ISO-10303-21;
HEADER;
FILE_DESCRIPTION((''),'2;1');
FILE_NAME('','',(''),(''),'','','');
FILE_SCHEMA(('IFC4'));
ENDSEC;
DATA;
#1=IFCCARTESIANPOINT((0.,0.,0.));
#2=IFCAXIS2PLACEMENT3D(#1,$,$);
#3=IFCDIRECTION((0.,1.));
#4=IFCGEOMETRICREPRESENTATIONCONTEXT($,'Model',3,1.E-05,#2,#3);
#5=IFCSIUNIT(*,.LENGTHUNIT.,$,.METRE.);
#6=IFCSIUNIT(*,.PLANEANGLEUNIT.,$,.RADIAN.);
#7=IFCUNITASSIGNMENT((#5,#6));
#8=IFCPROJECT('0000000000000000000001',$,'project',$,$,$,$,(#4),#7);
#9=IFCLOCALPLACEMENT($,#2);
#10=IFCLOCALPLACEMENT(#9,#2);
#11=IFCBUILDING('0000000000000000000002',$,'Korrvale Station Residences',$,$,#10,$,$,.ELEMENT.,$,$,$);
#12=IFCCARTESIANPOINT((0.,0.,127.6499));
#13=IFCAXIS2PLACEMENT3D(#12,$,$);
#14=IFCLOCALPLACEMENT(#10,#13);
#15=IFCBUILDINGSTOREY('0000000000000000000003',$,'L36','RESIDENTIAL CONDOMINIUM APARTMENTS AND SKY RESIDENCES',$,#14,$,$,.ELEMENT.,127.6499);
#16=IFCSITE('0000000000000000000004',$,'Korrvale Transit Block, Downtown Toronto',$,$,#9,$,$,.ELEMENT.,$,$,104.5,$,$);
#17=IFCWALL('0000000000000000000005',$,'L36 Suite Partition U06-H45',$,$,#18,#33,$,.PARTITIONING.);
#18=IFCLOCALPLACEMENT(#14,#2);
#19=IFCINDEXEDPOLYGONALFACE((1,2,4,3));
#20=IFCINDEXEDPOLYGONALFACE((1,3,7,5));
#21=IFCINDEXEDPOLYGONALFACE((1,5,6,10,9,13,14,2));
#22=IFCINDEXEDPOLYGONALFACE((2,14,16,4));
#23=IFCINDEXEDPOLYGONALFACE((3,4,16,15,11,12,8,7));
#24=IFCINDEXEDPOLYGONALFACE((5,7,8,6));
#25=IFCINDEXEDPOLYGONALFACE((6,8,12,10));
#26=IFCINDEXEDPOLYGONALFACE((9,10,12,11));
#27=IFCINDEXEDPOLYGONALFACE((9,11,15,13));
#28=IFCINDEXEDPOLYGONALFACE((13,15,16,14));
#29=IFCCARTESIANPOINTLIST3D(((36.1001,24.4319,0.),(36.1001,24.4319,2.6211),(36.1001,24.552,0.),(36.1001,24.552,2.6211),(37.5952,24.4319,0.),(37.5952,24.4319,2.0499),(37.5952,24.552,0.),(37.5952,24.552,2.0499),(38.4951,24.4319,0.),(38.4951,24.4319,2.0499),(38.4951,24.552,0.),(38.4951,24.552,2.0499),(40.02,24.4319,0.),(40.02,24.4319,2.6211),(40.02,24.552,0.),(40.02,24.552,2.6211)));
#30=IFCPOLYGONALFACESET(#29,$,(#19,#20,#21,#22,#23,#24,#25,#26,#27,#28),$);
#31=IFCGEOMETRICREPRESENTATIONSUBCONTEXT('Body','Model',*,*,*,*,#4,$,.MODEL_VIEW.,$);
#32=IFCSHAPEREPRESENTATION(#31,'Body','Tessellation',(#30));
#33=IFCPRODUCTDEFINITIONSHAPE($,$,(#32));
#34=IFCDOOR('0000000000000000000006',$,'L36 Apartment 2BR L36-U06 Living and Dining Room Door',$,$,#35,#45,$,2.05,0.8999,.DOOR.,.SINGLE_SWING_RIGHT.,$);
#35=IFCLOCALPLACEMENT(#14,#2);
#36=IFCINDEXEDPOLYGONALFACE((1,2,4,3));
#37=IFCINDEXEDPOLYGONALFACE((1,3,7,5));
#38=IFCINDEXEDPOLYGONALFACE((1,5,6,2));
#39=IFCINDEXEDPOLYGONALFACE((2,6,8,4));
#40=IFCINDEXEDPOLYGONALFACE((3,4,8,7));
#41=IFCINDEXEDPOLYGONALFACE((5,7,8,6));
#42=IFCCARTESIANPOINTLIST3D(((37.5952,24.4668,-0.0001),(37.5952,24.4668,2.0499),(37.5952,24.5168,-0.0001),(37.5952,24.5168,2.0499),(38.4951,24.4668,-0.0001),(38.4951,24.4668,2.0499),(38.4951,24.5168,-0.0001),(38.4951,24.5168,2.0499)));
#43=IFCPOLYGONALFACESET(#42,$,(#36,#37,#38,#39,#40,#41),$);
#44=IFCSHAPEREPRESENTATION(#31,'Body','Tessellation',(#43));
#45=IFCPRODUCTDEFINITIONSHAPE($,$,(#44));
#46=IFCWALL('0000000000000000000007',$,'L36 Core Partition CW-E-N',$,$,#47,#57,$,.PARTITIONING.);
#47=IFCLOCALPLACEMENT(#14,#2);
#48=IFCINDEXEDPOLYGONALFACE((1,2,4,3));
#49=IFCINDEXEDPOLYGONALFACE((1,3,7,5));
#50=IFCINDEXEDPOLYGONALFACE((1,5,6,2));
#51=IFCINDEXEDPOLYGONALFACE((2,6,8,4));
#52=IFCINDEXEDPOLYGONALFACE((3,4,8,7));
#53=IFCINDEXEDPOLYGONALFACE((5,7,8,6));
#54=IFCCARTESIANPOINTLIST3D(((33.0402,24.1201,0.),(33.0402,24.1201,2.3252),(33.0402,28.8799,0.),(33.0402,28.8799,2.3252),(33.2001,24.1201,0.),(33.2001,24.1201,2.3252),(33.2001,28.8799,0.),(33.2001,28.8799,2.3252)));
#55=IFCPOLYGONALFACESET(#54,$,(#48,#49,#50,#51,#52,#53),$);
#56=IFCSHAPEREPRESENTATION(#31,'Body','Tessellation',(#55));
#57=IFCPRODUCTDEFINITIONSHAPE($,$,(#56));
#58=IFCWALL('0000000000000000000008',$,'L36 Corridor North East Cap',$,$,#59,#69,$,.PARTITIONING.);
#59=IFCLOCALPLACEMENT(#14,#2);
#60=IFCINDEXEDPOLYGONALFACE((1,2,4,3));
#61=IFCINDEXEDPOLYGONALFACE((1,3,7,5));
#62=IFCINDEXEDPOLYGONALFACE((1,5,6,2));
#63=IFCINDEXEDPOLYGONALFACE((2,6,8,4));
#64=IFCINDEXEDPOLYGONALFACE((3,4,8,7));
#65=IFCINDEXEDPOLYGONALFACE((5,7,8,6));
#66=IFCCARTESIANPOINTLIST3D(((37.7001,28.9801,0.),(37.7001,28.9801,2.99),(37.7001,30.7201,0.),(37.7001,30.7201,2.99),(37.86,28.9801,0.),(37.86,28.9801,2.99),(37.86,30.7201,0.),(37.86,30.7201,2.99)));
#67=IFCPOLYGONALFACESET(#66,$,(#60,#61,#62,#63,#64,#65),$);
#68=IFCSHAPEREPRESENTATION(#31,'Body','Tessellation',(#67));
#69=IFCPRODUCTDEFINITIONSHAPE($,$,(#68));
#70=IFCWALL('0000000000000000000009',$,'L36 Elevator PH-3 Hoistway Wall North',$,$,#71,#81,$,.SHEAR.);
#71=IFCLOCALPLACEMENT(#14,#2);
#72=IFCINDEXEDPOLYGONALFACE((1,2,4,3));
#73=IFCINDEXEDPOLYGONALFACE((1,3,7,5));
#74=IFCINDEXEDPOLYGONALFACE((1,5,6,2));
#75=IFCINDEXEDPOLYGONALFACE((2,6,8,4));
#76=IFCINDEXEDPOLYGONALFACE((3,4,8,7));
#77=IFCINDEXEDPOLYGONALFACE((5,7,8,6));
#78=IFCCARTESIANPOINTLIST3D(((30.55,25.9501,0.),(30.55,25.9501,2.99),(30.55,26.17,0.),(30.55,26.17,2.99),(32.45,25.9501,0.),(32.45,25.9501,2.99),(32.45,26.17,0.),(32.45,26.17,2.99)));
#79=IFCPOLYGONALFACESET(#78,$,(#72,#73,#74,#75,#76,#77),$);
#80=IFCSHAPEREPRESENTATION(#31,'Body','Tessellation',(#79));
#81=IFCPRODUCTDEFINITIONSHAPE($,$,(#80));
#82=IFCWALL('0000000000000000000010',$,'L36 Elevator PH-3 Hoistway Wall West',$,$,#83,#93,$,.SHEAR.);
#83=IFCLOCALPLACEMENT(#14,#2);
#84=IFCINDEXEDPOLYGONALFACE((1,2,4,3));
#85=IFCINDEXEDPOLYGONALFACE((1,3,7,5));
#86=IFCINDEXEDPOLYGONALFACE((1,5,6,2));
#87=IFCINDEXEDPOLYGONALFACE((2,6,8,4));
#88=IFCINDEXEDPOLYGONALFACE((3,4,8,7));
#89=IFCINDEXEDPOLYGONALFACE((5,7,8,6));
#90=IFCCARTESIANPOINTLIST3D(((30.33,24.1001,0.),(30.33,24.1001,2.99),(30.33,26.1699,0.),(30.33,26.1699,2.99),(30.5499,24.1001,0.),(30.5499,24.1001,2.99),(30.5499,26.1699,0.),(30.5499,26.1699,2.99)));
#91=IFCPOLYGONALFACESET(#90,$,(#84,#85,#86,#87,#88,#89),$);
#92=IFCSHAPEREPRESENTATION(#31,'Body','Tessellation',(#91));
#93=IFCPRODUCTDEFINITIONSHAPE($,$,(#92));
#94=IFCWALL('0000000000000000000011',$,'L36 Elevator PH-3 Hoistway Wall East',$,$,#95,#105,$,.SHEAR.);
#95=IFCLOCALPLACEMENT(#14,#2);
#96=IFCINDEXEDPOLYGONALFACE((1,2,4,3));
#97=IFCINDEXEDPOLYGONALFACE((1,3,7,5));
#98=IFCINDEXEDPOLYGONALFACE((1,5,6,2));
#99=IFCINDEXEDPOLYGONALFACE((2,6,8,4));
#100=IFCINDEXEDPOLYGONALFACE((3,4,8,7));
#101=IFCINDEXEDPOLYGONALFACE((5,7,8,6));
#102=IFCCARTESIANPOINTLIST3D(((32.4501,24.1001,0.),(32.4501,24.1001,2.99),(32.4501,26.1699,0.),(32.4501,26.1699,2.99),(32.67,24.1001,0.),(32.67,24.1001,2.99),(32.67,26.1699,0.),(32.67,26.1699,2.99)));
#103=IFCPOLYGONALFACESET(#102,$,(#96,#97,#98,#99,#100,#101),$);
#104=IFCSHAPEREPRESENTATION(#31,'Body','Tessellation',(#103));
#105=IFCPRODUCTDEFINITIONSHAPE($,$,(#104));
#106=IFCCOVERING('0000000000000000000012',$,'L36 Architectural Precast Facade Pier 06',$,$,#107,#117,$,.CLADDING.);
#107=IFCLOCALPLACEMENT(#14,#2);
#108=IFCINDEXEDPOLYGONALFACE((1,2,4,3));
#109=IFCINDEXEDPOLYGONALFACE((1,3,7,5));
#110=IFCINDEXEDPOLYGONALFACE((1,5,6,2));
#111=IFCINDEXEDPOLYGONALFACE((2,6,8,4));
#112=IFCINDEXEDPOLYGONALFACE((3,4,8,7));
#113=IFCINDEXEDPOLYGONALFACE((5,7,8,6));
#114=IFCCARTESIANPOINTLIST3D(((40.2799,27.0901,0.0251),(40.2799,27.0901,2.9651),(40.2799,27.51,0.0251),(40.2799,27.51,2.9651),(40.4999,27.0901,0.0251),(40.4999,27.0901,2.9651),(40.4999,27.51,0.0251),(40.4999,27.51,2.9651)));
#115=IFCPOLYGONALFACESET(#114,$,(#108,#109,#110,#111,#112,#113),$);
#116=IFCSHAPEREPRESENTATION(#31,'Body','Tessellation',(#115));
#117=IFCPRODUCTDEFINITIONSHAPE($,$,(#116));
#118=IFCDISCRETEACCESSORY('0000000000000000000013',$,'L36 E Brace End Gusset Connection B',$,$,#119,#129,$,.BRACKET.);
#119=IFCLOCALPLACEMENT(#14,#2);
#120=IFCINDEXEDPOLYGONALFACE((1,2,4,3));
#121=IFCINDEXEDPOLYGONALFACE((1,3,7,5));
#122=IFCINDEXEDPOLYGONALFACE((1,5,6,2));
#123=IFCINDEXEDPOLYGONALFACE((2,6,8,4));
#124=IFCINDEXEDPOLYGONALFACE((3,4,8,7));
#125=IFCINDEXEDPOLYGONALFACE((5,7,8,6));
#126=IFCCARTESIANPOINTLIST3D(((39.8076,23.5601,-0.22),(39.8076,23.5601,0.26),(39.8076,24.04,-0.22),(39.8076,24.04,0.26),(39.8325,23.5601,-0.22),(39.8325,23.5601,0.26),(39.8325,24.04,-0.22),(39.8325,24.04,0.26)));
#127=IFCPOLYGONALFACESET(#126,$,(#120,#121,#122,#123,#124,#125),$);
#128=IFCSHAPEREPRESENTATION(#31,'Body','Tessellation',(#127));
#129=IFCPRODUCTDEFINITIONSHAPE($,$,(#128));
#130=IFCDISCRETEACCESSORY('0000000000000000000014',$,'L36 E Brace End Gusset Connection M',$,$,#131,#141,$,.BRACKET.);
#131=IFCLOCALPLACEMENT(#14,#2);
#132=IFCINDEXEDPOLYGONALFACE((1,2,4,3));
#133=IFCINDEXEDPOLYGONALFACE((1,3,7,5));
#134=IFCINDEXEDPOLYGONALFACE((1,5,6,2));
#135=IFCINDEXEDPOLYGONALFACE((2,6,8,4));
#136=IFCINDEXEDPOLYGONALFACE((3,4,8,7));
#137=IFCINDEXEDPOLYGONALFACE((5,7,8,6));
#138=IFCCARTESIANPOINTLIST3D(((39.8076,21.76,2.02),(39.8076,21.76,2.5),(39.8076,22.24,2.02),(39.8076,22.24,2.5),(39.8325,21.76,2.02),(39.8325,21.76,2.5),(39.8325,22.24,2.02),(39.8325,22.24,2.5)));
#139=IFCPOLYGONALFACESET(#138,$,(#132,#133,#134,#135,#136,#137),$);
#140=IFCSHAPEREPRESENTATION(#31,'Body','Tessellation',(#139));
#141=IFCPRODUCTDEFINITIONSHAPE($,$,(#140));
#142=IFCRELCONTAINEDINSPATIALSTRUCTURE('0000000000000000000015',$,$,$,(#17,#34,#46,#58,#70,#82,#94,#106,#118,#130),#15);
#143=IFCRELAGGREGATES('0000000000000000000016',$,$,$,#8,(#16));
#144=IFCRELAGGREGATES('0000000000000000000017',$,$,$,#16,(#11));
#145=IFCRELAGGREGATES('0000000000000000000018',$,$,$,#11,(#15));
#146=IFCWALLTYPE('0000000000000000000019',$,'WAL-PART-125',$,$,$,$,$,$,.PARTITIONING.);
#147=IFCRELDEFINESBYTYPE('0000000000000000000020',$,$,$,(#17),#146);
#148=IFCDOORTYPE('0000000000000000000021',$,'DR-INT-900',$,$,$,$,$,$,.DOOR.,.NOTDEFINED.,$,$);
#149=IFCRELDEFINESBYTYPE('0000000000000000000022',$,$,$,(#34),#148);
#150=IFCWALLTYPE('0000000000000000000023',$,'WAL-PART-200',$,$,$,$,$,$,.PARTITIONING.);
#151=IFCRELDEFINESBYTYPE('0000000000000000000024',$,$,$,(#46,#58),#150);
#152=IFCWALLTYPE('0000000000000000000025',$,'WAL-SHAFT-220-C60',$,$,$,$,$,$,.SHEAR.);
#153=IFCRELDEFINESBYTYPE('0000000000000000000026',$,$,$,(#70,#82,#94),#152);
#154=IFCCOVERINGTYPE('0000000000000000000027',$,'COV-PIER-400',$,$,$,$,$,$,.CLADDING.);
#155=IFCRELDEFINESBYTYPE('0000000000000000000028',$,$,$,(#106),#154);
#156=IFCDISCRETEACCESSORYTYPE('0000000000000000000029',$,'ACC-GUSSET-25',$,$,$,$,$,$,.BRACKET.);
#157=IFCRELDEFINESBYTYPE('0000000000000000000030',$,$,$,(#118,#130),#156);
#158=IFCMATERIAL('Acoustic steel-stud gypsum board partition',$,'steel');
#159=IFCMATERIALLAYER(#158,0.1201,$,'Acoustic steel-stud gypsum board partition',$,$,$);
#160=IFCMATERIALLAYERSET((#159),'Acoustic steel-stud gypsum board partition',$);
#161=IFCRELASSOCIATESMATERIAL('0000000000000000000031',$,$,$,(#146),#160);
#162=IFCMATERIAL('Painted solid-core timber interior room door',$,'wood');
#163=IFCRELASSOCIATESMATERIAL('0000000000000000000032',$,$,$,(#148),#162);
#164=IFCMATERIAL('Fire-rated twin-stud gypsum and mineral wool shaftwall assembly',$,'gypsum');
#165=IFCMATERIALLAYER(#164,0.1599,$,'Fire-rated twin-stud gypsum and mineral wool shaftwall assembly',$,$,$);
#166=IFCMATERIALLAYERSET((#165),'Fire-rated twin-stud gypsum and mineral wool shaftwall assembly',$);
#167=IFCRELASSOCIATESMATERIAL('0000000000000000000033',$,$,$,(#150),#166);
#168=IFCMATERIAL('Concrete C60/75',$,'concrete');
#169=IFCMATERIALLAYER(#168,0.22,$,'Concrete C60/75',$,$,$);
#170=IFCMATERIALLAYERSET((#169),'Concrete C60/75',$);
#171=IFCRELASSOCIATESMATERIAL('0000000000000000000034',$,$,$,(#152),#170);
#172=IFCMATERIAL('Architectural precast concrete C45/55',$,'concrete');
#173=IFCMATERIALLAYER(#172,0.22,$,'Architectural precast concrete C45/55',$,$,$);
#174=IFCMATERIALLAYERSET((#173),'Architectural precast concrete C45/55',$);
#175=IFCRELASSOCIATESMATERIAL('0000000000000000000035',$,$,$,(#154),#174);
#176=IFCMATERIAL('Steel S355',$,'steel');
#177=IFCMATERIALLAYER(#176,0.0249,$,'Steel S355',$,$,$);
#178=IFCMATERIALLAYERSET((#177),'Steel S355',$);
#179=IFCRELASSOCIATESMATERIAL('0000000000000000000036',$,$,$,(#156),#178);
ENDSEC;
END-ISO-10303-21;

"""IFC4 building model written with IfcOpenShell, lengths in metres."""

from ifc_helpers import new_model, si_unit, direction, frame, frame_2d, origin, origin_2d, place, context, subcontext, project, spatial, rectangle, extrude, material, layer, layer_set, type_object, element, fill, save


model = new_model("IFC4")

# Units and contexts
model_context = context("Model", 3, precision=1e-05, world=origin(), true_north=direction((0.0, 1.0)))
body_context = subcontext(model_context, "Body", "Model", "MODEL_VIEW")
ifc_project = project(units=[si_unit("LENGTHUNIT", "METRE"), si_unit("PLANEANGLEUNIT", "RADIAN")], contexts=[model_context])

# Site, building, storey
site_placement = place(None, origin())
site = spatial("IfcSite", under=ifc_project, at=site_placement, Name="Korrvale Transit Block, Downtown Toronto", CompositionType="ELEMENT", RefElevation=104.5)
building_placement = place(site_placement, origin())
building = spatial("IfcBuilding", under=site, at=building_placement, Name="Korrvale Station Residences", CompositionType="ELEMENT")
storey_placement = place(building_placement, frame((0.0, 0.0, 127.6499)))
storey = spatial("IfcBuildingStorey", under=building, at=storey_placement, Name="L36", Description="RESIDENTIAL CONDOMINIUM APARTMENTS AND SKY RESIDENCES", CompositionType="ELEMENT", Elevation=127.6499)

# Shared definitions
ifc_material_1 = material(Name="Concrete C60/75", Category="concrete")

# Shared definitions
ifc_material_2 = material(Name="Steel S355", Category="steel")

# Shared definitions
ifc_material_3 = material(Name="Acoustic steel-stud gypsum board partition", Category="steel")
ifc_layer_1 = layer(ifc_material_3, 0.1201, Name="Acoustic steel-stud gypsum board partition")
ifc_layer_set_1 = layer_set([ifc_layer_1], Name="Acoustic steel-stud gypsum board partition")
wall_type_1 = type_object("IfcWallType", Name="WAL-PART-125", PredefinedType="PARTITIONING", material=ifc_layer_set_1)

# Wall, opening, door
ifc_material_4 = material(Name="Painted solid-core timber interior room door", Category="wood")
door_type = type_object("IfcDoorType", Name="DR-INT-900", OperationType="NOTDEFINED", PredefinedType="DOOR", material=ifc_material_4)
wall_1_placement = place(storey_placement, frame((36.1001, 24.4919, 0.0), z_axis=(0.0, 0.0, 1.0), x_axis=(1.0, 0.0, 0.0)))
wall_1 = element("IfcWall", 1, at=wall_1_placement, inside=storey, type_object=wall_type_1, Name="L36 Suite Partition U06-H45", PredefinedType="PARTITIONING", context=body_context, shape_type="SweptSolid", body=[
    extrude(rectangle(XDim=3.9199, YDim=0.1201, at=frame_2d((1.96, 0.0))), origin(), (0.0, 0.0, 1.0), 2.6211),
])
opening_1_placement = place(wall_1_placement, frame((1.4951, 0.0, 0.0)))
opening_1 = element("IfcOpeningElement", 2, at=opening_1_placement, cuts=wall_1, PredefinedType="OPENING", context=body_context, shape_type="SweptSolid", body=[
    extrude(rectangle(XDim=0.8999, YDim=2.05, at=frame_2d((0.45, 1.0249))), frame((0.0, 0.0701, 0.0), z_axis=(0.0, -1.0, 0.0), x_axis=(1.0, 0.0, 0.0)), (0.0, 0.0, 1.0), 0.1401),
])
door_1_placement = place(opening_1_placement, origin())
door_1 = element("IfcDoor", 3, at=door_1_placement, inside=storey, type_object=door_type, Name="L36 Apartment 2BR L36-U06 Living and Dining Room Door", OperationType="SINGLE_SWING_RIGHT", OverallHeight=2.05, OverallWidth=0.8999, PredefinedType="DOOR", context=body_context, shape_type="SweptSolid", body=[
    extrude(rectangle(XDim=0.8999, YDim=2.05, at=frame_2d((0.45, 1.0249))), frame((0.0, 0.0249, 0.0), z_axis=(0.0, -1.0, 0.0), x_axis=(1.0, 0.0, 0.0)), (0.0, 0.0, 1.0), 0.05),
])
fill(opening_1, door_1)

# Walls
ifc_material_5 = material(Name="Fire-rated twin-stud gypsum and mineral wool shaftwall assembly", Category="gypsum")
ifc_layer_2 = layer(ifc_material_5, 0.1599, Name="Fire-rated twin-stud gypsum and mineral wool shaftwall assembly")
ifc_layer_set_2 = layer_set([ifc_layer_2], Name="Fire-rated twin-stud gypsum and mineral wool shaftwall assembly")
wall_type_2 = type_object("IfcWallType", Name="WAL-PART-200", PredefinedType="PARTITIONING", material=ifc_layer_set_2)
wall_2_placement = place(storey_placement, frame((33.1201, 24.1201, 0.0), z_axis=(0.0, 0.0, 1.0), x_axis=(0.0, 1.0, 0.0)))
element("IfcWall", 4, at=wall_2_placement, inside=storey, type_object=wall_type_2, Name="L36 Core Partition CW-E-N", PredefinedType="PARTITIONING", context=body_context, shape_type="SweptSolid", body=[
    extrude(rectangle(XDim=4.7598, YDim=0.1599, at=frame_2d((2.3799, 0.0))), origin(), (0.0, 0.0, 1.0), 2.3252),
])
wall_3_placement = place(storey_placement, frame((37.78, 28.98, 0.0), z_axis=(0.0, 0.0, 1.0), x_axis=(0.0, 1.0, 0.0)))
element("IfcWall", 5, at=wall_3_placement, inside=storey, type_object=wall_type_2, Name="L36 Corridor North East Cap", PredefinedType="PARTITIONING", context=body_context, shape_type="SweptSolid", body=[
    extrude(rectangle(XDim=1.74, YDim=0.1599, at=frame_2d((0.8701, 0.0))), origin(), (0.0, 0.0, 1.0), 2.99),
])
ifc_layer_3 = layer(ifc_material_1, 0.22, Name="Concrete C60/75")
ifc_layer_set_3 = layer_set([ifc_layer_3], Name="Concrete C60/75")
wall_type_3 = type_object("IfcWallType", Name="WAL-SHAFT-220-C60", PredefinedType="SHEAR", material=ifc_layer_set_3)
wall_4_placement = place(storey_placement, frame((30.55, 26.0601, 0.0), z_axis=(0.0, 0.0, 1.0), x_axis=(1.0, 0.0, 0.0)))
element("IfcWall", 6, at=wall_4_placement, inside=storey, type_object=wall_type_3, Name="L36 Elevator PH-3 Hoistway Wall North", PredefinedType="SHEAR", context=body_context, shape_type="SweptSolid", body=[
    extrude(rectangle(XDim=1.8999, YDim=0.22, at=frame_2d((0.95, 0.0))), origin(), (0.0, 0.0, 1.0), 2.99),
])
for number, where, z_axis, x_axis, name in (
    (7, (30.4399, 24.1001, 0.0), (0.0, 0.0, 1.0), (0.0, 1.0, 0.0), "L36 Elevator PH-3 Hoistway Wall West"),
    (8, (32.5601, 24.1001, 0.0), (0.0, 0.0, 1.0), (0.0, 1.0, 0.0), "L36 Elevator PH-3 Hoistway Wall East"),
):
    element("IfcWall", number, at=place(storey_placement, frame(where, z_axis=z_axis, x_axis=x_axis)), inside=storey, type_object=wall_type_3, Name=name, PredefinedType="SHEAR", context=body_context, shape_type="SweptSolid", body=[
        extrude(rectangle(XDim=2.0698, YDim=0.22, at=frame_2d((1.0349, 0.0))), origin(), (0.0, 0.0, 1.0), 2.99),
    ])

# Covering
ifc_material_6 = material(Name="Architectural precast concrete C45/55", Category="concrete")
ifc_layer_4 = layer(ifc_material_6, 0.22, Name="Architectural precast concrete C45/55")
ifc_layer_set_4 = layer_set([ifc_layer_4], Name="Architectural precast concrete C45/55")
covering_type = type_object("IfcCoveringType", Name="COV-PIER-400", PredefinedType="CLADDING", material=ifc_layer_set_4)
covering_placement = place(storey_placement, frame((40.3899, 27.3, 0.0251), z_axis=(0.0, 0.0, 1.0), x_axis=(0.0, 1.0, 0.0)))
element("IfcCovering", 9, at=covering_placement, inside=storey, type_object=covering_type, Name="L36 Architectural Precast Facade Pier 06", PredefinedType="CLADDING", context=body_context, shape_type="SweptSolid", body=[
    extrude(rectangle(XDim=0.4199, YDim=0.22, at=origin_2d()), origin(), (0.0, 0.0, 1.0), 2.9399),
])

# Discrete accessories
ifc_layer_5 = layer(ifc_material_2, 0.0249, Name="Steel S355")
ifc_layer_set_5 = layer_set([ifc_layer_5], Name="Steel S355")
discrete_accessory_type = type_object("IfcDiscreteAccessoryType", Name="ACC-GUSSET-25", PredefinedType="BRACKET", material=ifc_layer_set_5)
for number, where, z_axis, x_axis, name in (
    (10, (39.8201, 23.8, -0.22), (0.0, 0.0, 1.0), (0.0, 1.0, 0.0), "L36 E Brace End Gusset Connection B"),
    (11, (39.8201, 22.0, 2.02), (0.0, 0.0, 1.0), (0.0, 1.0, 0.0), "L36 E Brace End Gusset Connection M"),
):
    element("IfcDiscreteAccessory", number, at=place(storey_placement, frame(where, z_axis=z_axis, x_axis=x_axis)), inside=storey, type_object=discrete_accessory_type, Name=name, PredefinedType="BRACKET", context=body_context, shape_type="SweptSolid", body=[
        extrude(rectangle(XDim=0.48, YDim=0.0249, at=origin_2d()), origin(), (0.0, 0.0, 1.0), 0.48),
    ])

save(model, "model.ifc")
